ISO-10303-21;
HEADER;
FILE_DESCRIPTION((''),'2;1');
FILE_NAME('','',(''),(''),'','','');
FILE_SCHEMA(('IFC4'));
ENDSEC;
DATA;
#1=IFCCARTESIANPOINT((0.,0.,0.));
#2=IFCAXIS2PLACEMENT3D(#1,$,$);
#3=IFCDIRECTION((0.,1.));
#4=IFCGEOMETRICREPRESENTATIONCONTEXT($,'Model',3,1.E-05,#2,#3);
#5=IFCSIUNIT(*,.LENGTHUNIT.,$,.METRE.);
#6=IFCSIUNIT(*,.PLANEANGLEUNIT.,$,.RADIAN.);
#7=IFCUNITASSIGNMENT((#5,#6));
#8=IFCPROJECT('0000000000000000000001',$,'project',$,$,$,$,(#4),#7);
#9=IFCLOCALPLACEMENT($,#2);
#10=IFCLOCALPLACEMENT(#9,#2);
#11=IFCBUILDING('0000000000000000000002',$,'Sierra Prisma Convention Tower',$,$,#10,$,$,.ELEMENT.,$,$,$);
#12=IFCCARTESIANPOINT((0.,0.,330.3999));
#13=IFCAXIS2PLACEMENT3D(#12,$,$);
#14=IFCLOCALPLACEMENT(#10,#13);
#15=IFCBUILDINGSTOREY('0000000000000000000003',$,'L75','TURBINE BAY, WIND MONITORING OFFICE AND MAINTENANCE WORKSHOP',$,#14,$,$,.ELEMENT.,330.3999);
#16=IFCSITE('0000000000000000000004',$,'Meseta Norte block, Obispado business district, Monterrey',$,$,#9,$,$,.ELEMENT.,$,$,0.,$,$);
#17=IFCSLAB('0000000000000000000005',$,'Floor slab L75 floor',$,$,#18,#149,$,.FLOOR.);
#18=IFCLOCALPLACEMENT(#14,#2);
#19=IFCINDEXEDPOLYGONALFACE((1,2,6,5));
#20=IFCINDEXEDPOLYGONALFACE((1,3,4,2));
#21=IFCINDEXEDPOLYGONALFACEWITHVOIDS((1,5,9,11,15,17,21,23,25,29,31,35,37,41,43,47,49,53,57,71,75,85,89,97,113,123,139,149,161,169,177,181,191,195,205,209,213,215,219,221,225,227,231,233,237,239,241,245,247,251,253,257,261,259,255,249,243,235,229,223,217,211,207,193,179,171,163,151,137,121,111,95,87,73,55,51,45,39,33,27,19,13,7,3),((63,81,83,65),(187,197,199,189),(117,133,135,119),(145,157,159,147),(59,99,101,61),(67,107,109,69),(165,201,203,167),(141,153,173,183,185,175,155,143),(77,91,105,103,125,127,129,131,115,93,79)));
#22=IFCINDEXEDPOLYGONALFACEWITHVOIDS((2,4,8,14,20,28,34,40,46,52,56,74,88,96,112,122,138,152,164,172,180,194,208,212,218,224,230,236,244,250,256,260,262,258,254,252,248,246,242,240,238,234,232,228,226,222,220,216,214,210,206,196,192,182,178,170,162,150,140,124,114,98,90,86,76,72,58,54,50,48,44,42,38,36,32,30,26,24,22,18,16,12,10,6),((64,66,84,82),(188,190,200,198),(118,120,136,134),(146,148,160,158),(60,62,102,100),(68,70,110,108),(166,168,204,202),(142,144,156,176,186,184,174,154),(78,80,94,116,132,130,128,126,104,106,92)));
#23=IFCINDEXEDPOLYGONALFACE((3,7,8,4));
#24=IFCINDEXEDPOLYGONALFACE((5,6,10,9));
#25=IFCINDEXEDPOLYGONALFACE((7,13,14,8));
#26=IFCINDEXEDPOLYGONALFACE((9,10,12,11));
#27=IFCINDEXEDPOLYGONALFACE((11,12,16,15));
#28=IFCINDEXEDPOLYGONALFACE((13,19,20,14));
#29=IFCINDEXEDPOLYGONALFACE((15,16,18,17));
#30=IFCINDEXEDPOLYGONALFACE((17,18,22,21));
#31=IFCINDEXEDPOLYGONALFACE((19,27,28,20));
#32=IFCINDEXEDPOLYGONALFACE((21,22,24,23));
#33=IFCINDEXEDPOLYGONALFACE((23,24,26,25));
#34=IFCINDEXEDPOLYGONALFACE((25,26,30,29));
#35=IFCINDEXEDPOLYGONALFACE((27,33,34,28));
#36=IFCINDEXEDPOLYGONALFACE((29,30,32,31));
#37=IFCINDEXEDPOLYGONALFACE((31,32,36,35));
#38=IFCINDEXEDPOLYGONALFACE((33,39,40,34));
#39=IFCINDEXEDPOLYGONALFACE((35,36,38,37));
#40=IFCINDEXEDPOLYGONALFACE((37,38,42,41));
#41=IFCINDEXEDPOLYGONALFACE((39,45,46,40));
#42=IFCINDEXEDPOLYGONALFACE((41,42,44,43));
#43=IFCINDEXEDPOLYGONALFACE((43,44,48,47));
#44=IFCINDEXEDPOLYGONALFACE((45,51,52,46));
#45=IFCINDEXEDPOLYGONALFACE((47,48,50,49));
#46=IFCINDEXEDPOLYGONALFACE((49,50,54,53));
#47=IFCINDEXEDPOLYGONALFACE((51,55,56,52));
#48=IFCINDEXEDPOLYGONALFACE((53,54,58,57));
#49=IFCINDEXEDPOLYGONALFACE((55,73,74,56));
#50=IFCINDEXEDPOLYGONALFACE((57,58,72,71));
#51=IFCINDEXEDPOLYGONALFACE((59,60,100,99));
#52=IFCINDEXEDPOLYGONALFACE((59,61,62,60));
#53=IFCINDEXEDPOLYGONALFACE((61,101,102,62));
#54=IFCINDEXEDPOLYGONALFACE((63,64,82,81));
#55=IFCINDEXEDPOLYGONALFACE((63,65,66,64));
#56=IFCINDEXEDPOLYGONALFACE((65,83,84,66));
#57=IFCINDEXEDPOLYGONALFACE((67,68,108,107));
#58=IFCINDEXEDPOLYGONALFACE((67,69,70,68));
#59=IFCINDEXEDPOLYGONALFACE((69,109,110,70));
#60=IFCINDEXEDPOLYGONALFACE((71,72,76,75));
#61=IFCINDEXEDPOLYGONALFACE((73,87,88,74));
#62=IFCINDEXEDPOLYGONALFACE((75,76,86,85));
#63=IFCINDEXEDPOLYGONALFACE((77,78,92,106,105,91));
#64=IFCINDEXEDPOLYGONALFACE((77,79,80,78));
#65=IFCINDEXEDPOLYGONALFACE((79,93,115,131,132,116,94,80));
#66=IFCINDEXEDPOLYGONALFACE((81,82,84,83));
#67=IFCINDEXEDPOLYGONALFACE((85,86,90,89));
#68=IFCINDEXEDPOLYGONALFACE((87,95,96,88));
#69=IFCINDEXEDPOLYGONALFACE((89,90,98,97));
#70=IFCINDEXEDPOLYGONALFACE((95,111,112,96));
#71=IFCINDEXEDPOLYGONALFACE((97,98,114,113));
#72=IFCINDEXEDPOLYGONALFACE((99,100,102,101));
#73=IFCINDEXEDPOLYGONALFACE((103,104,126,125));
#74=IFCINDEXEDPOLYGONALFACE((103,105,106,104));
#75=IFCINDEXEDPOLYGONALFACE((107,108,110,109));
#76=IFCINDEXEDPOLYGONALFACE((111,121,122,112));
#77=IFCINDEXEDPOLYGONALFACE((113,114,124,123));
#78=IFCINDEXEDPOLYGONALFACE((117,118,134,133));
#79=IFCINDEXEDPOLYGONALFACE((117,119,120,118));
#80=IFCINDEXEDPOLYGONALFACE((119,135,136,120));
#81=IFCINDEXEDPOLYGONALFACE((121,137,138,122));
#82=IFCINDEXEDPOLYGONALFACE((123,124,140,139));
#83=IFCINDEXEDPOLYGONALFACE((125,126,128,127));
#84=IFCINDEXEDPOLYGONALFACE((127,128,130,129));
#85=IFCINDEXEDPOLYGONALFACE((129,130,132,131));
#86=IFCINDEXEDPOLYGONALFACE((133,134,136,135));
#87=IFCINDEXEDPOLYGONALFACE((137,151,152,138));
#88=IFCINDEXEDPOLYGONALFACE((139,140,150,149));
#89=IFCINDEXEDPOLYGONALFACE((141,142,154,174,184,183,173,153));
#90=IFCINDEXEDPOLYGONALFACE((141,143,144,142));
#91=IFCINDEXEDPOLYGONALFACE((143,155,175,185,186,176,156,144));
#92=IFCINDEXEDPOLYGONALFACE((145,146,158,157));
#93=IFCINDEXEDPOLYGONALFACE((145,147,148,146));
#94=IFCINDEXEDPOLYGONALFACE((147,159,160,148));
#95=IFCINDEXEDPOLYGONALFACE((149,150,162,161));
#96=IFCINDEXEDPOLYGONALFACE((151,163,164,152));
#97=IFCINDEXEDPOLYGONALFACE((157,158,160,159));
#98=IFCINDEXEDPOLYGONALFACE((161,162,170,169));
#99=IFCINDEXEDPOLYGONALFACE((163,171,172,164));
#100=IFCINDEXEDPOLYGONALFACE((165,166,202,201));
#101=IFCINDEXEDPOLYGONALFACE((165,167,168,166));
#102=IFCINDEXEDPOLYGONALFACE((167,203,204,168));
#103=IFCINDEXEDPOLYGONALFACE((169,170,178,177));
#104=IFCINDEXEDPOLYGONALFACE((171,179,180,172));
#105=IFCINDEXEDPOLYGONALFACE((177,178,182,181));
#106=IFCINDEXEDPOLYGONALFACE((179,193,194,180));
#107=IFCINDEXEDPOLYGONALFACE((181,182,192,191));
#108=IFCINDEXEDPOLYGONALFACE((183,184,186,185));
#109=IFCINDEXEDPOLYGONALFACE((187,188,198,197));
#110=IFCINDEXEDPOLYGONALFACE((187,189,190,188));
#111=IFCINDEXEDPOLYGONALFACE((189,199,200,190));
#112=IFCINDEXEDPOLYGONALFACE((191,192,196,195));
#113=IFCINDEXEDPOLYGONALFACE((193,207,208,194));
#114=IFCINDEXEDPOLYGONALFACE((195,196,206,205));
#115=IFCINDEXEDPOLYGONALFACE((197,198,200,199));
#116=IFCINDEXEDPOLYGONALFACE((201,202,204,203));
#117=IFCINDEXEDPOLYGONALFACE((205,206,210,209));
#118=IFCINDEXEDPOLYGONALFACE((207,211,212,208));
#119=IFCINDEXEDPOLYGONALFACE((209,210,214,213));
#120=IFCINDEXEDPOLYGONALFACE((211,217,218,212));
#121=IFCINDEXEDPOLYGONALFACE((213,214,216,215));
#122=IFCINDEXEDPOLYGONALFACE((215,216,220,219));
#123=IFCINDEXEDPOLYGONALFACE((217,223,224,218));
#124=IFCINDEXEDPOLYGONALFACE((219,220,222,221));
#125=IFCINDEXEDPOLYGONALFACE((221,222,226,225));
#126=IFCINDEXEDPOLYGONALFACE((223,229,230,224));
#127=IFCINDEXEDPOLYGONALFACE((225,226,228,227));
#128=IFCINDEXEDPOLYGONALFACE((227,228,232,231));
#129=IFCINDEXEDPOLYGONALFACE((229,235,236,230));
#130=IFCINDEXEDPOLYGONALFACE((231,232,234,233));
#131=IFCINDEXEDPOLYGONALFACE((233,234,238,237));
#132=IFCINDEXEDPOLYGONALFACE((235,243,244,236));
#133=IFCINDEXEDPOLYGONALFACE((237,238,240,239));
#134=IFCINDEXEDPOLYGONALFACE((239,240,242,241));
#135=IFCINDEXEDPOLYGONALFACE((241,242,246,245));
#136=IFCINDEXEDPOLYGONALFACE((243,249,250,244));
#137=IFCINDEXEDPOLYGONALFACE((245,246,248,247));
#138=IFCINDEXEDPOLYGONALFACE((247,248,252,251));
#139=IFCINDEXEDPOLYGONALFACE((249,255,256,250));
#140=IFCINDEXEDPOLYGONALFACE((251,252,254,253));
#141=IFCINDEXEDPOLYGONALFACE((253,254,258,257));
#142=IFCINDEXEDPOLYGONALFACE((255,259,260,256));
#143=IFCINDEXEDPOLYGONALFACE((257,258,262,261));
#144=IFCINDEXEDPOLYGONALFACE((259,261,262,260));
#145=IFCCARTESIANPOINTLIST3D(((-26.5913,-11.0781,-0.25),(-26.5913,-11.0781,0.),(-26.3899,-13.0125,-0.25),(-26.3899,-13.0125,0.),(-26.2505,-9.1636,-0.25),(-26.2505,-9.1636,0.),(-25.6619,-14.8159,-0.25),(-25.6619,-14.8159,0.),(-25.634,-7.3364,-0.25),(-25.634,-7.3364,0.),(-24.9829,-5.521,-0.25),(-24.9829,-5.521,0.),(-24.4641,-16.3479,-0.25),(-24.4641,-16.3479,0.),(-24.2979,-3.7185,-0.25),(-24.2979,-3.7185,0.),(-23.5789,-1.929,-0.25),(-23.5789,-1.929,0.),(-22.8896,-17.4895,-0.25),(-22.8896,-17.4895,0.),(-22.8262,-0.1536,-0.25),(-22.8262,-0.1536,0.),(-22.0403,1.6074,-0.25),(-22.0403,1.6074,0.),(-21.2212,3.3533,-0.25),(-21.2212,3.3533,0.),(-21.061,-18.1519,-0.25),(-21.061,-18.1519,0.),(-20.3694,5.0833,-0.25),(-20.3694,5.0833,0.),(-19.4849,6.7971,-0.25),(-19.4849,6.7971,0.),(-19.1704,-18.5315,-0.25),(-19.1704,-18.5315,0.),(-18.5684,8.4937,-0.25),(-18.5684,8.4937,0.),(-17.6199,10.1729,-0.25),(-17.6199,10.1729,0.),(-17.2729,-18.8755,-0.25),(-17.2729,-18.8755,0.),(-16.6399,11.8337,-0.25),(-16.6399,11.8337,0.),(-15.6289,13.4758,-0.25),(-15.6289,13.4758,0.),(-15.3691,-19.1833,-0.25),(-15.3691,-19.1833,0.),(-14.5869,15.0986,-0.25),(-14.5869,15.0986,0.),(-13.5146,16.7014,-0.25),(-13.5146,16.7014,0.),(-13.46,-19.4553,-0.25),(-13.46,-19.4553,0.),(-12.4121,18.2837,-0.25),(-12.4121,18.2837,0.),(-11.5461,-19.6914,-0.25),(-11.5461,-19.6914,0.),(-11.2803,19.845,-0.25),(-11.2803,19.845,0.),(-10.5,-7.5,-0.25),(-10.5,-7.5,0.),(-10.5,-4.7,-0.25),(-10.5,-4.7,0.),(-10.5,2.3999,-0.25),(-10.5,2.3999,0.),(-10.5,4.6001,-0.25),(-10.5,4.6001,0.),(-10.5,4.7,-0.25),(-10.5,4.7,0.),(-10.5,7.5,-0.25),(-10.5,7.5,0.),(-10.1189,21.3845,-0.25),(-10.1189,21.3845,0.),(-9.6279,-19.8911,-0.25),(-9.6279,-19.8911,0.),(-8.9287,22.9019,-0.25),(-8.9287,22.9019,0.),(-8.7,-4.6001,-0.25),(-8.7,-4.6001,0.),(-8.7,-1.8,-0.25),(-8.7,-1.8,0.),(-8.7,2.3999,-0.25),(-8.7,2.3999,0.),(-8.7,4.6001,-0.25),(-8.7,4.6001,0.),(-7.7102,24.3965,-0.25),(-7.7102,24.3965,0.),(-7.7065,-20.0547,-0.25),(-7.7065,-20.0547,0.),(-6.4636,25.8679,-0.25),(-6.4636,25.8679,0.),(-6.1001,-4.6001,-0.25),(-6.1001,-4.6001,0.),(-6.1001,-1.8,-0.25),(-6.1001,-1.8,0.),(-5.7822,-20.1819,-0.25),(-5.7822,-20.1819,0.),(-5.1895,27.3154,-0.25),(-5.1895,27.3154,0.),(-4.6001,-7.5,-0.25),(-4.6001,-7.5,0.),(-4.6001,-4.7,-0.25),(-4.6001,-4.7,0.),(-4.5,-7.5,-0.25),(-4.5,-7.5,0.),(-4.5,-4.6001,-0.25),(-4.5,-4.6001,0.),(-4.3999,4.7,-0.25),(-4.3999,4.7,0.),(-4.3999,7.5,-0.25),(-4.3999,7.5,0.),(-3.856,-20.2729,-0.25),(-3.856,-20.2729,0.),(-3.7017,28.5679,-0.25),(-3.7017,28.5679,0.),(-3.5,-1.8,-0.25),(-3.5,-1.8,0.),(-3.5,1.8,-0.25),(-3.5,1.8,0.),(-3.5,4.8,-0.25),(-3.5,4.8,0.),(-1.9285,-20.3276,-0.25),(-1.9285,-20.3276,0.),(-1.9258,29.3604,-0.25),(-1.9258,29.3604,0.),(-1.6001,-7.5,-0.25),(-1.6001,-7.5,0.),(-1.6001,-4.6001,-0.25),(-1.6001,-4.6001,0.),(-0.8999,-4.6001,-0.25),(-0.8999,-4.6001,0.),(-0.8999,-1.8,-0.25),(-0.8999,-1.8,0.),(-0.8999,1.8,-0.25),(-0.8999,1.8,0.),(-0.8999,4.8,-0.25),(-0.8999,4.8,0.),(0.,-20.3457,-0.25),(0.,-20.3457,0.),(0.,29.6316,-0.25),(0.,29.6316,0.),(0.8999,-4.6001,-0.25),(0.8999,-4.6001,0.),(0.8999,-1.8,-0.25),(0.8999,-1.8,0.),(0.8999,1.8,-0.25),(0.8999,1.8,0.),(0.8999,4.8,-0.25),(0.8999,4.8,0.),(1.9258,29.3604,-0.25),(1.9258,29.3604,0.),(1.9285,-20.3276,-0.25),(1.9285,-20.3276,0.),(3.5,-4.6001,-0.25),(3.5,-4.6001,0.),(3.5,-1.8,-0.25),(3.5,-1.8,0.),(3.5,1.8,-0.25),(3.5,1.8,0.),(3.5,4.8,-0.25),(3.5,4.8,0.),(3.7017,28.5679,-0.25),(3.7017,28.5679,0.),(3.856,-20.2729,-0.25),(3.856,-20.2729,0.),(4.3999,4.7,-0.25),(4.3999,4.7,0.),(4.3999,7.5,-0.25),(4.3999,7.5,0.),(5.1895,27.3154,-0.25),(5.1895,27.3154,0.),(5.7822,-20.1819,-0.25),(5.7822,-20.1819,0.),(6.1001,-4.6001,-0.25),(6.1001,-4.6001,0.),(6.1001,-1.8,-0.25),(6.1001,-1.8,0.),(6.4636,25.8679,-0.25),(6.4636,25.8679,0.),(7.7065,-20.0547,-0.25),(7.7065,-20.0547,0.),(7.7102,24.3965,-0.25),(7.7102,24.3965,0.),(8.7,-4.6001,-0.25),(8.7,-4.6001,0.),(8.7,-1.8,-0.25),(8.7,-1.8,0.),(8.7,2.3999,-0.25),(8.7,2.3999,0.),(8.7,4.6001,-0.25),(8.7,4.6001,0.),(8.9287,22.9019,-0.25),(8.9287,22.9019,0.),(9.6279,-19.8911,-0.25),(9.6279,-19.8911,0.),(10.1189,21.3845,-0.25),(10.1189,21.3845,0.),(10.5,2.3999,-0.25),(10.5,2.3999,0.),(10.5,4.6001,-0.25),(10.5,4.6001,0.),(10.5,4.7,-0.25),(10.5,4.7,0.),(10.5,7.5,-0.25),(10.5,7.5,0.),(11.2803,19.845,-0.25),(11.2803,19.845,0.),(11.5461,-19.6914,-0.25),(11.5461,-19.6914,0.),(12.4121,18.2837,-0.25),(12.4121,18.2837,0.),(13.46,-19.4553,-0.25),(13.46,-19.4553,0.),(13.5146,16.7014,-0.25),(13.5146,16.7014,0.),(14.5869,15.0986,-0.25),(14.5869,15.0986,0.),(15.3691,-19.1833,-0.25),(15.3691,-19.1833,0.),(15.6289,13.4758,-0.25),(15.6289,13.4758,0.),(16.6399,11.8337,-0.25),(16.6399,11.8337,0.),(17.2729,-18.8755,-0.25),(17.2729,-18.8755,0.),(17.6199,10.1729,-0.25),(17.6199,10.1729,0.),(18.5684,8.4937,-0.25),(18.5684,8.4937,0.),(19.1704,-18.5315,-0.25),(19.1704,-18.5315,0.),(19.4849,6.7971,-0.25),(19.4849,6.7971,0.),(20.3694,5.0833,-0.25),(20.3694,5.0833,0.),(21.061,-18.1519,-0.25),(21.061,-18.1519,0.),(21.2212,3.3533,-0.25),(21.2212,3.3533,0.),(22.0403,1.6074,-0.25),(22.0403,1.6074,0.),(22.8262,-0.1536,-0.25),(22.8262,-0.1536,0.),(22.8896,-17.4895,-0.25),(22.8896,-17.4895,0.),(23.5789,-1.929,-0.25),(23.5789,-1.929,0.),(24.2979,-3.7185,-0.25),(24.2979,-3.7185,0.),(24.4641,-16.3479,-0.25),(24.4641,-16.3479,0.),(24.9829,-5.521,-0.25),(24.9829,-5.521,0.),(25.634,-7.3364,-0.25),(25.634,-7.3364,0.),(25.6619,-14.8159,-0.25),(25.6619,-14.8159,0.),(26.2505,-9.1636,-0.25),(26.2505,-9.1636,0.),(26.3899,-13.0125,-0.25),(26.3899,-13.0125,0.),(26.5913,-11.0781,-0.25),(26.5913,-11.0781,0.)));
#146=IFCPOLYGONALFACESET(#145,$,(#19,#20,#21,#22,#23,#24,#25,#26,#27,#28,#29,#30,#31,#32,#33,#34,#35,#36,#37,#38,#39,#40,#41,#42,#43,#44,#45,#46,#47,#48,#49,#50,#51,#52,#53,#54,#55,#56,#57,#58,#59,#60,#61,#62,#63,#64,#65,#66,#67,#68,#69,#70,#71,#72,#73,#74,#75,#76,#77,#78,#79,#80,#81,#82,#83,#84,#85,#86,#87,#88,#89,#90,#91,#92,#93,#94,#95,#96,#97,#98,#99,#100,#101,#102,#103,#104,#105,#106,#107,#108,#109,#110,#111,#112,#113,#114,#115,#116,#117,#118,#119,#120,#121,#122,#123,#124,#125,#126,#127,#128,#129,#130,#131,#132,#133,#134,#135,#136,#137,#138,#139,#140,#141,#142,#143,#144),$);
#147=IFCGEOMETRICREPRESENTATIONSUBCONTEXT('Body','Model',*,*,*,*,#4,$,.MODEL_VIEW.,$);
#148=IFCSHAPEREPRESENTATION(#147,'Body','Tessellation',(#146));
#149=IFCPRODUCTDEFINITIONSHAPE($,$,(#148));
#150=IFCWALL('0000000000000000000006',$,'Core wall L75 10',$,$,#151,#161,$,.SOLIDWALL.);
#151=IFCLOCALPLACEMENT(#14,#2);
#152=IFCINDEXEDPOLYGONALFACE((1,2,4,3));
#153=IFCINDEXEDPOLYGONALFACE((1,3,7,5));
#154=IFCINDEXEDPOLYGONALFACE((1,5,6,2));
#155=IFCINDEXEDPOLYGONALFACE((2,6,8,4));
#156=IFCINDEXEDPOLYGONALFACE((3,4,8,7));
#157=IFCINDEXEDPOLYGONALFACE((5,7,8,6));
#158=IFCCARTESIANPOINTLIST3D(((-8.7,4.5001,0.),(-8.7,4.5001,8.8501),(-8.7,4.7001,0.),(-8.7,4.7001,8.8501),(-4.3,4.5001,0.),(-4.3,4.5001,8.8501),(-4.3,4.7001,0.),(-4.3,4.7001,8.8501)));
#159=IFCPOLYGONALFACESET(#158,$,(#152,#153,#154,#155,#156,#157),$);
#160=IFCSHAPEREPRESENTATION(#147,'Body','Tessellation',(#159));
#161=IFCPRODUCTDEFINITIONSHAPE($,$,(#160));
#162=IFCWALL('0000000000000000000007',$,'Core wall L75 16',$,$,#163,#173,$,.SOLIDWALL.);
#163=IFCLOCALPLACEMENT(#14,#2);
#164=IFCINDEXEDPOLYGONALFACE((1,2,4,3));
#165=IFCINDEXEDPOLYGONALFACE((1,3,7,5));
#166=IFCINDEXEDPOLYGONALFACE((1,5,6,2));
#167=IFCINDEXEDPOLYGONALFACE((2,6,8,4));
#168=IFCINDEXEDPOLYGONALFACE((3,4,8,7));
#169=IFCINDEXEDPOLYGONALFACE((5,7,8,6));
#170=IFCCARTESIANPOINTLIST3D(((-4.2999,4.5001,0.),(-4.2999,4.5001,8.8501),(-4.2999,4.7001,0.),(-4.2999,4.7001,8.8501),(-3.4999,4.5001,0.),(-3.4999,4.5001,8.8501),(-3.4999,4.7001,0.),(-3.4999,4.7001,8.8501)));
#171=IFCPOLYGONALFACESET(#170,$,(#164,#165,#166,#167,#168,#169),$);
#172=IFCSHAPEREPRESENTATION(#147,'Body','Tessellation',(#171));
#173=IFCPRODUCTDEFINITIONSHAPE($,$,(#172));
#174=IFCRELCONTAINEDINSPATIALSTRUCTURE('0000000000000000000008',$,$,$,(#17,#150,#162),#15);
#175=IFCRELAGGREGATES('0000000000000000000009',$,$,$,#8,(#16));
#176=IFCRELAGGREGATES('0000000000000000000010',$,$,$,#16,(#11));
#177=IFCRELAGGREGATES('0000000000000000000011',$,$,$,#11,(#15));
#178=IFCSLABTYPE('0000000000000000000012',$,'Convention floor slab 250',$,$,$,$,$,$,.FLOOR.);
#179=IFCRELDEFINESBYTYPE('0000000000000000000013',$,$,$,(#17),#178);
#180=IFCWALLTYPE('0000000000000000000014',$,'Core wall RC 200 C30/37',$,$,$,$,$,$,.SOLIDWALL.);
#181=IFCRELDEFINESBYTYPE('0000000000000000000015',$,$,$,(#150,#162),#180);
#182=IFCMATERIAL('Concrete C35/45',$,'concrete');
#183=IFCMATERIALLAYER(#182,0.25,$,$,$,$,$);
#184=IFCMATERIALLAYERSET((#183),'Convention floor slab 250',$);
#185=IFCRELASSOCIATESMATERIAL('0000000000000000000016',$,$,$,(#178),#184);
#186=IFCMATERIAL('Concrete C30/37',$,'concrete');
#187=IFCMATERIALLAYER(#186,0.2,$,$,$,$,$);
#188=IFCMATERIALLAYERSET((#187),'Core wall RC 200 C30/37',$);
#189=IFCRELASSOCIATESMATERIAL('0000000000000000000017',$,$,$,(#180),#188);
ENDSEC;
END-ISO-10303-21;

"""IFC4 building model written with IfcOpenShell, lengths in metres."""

from ifc_helpers import new_model, si_unit, direction, frame, frame_2d, origin, place, context, subcontext, project, spatial, polyline, rectangle, outline, extrude, material, layer, layer_set, type_object, element, save


model = new_model("IFC4")

# Units and contexts
model_context = context("Model", 3, precision=1e-05, world=origin(), true_north=direction((0.0, 1.0)))
body_context = subcontext(model_context, "Body", "Model", "MODEL_VIEW")
ifc_project = project(units=[si_unit("LENGTHUNIT", "METRE"), si_unit("PLANEANGLEUNIT", "RADIAN")], contexts=[model_context])

# Site, building, storey
site_placement = place(None, origin())
site = spatial("IfcSite", under=ifc_project, at=site_placement, Name="Meseta Norte block, Obispado business district, Monterrey", CompositionType="ELEMENT", RefElevation=0.0)
building_placement = place(site_placement, origin())
building = spatial("IfcBuilding", under=site, at=building_placement, Name="Sierra Prisma Convention Tower", CompositionType="ELEMENT")
storey_placement = place(building_placement, frame((0.0, 0.0, 330.3999)))
storey = spatial("IfcBuildingStorey", under=building, at=storey_placement, Name="L75", Description="TURBINE BAY, WIND MONITORING OFFICE AND MAINTENANCE WORKSHOP", CompositionType="ELEMENT", Elevation=330.3999)

# Slab
ifc_material_1 = material(Name="Concrete C35/45", Category="concrete")
ifc_layer_1 = layer(ifc_material_1, 0.25)
ifc_layer_set_1 = layer_set([ifc_layer_1], Name="Convention floor slab 250")
slab_type = type_object("IfcSlabType", Name="Convention floor slab 250", PredefinedType="FLOOR", material=ifc_layer_set_1)
slab_placement = place(storey_placement, frame((0.0, 0.0, -0.25)))
element("IfcSlab", 1, at=slab_placement, inside=storey, type_object=slab_type, Name="Floor slab L75 floor", PredefinedType="FLOOR", context=body_context, shape_type="SweptSolid", body=[
    extrude(outline(polyline([(-21.061, -18.1519), (-19.1704, -18.5315), (-17.2729, -18.8755), (-15.3691, -19.1833), (-13.46, -19.4553), (-11.5461, -19.6914), (-9.6279, -19.8911), (-7.7065, -20.0547), (-5.7822, -20.1819), (-3.856, -20.2729), (-1.9285, -20.3276), (0.0, -20.3457), (1.9285, -20.3276), (3.856, -20.2729), (5.7822, -20.1819), (7.7065, -20.0547), (9.6279, -19.8911), (11.5461, -19.6914), (13.46, -19.4553), (15.3691, -19.1833), (17.2729, -18.8755), (19.1704, -18.5315), (21.061, -18.1519), (22.8896, -17.4895), (24.4641, -16.3479), (25.6619, -14.8159), (26.3899, -13.0125), (26.5913, -11.0781), (26.2505, -9.1636), (25.634, -7.3364), (24.9829, -5.521), (24.2979, -3.7185), (23.5789, -1.929), (22.8262, -0.1536), (22.0403, 1.6074), (21.2212, 3.3533), (20.3694, 5.0833), (19.4849, 6.7971), (18.5684, 8.4937), (17.6199, 10.1729), (16.6399, 11.8337), (15.6289, 13.4758), (14.5869, 15.0986), (13.5146, 16.7014), (12.4121, 18.2837), (11.2803, 19.845), (10.1189, 21.3845), (8.9287, 22.9019), (7.7102, 24.3965), (6.4636, 25.8679), (5.1895, 27.3154), (3.7017, 28.5679), (1.9258, 29.3604), (0.0, 29.6316), (-1.9258, 29.3604), (-3.7017, 28.5679), (-5.1895, 27.3154), (-6.4636, 25.8679), (-7.7102, 24.3965), (-8.9287, 22.9019), (-10.1189, 21.3845), (-11.2803, 19.845), (-12.4121, 18.2837), (-13.5146, 16.7014), (-14.5869, 15.0986), (-15.6289, 13.4758), (-16.6399, 11.8337), (-17.6199, 10.1729), (-18.5684, 8.4937), (-19.4849, 6.7971), (-20.3694, 5.0833), (-21.2212, 3.3533), (-22.0403, 1.6074), (-22.8262, -0.1536), (-23.5789, -1.929), (-24.2979, -3.7185), (-24.9829, -5.521), (-25.634, -7.3364), (-26.2505, -9.1636), (-26.5913, -11.0781), (-26.3899, -13.0125), (-25.6619, -14.8159), (-24.4641, -16.3479), (-22.8896, -17.4895), (-21.061, -18.1519)]), holes=[polyline([(-4.6001, -4.7), (-4.6001, -7.5), (-10.5, -7.5), (-10.5, -4.7), (-4.6001, -4.7)]), polyline([(-4.5, -7.5), (-4.5, -4.6001), (-6.1001, -4.6001), (-8.7, -4.6001), (-8.7, -1.8), (-6.1001, -1.8), (-3.5, -1.8), (-0.8999, -1.8), (-0.8999, -4.6001), (-1.6001, -4.6001), (-1.6001, -7.5), (-4.5, -7.5)]), polyline([(-8.7, 2.3999), (-10.5, 2.3999), (-10.5, 4.6001), (-8.7, 4.6001), (-8.7, 2.3999)]), polyline([(-4.3999, 4.7), (-10.5, 4.7), (-10.5, 7.5), (-4.3999, 7.5), (-4.3999, 4.7)]), polyline([(3.5, -1.8), (6.1001, -1.8), (8.7, -1.8), (8.7, -4.6001), (6.1001, -4.6001), (3.5, -4.6001), (0.8999, -4.6001), (0.8999, -1.8), (3.5, -1.8)]), polyline([(-0.8999, 1.8), (-3.5, 1.8), (-3.5, 4.8), (-0.8999, 4.8), (-0.8999, 1.8)]), polyline([(3.5, 1.8), (0.8999, 1.8), (0.8999, 4.8), (3.5, 4.8), (3.5, 1.8)]), polyline([(10.5, 2.3999), (8.7, 2.3999), (8.7, 4.6001), (10.5, 4.6001), (10.5, 2.3999)]), polyline([(10.5, 4.7), (4.3999, 4.7), (4.3999, 7.5), (10.5, 7.5), (10.5, 4.7)])]), origin(), (0.0, 0.0, 1.0), 0.25),
])

# Walls
ifc_material_2 = material(Name="Concrete C30/37", Category="concrete")
ifc_layer_2 = layer(ifc_material_2, 0.2)
ifc_layer_set_2 = layer_set([ifc_layer_2], Name="Core wall RC 200 C30/37")
wall_type = type_object("IfcWallType", Name="Core wall RC 200 C30/37", PredefinedType="SOLIDWALL", material=ifc_layer_set_2)
wall_1_placement = place(storey_placement, frame((-4.3, 4.6001, 0.0), z_axis=(0.0, 0.0, 1.0), x_axis=(-1.0, 0.0, 0.0)))
element("IfcWall", 2, at=wall_1_placement, inside=storey, type_object=wall_type, Name="Core wall L75 10", PredefinedType="SOLIDWALL", context=body_context, shape_type="SweptSolid", body=[
    extrude(rectangle(XDim=4.3999, YDim=0.2, at=frame_2d((2.2, 0.0))), origin(), (0.0, 0.0, 1.0), 8.8501),
])
wall_2_placement = place(storey_placement, frame((-3.5, 4.6001, 0.0), z_axis=(0.0, 0.0, 1.0), x_axis=(-1.0, 0.0, 0.0)))
element("IfcWall", 3, at=wall_2_placement, inside=storey, type_object=wall_type, Name="Core wall L75 16", PredefinedType="SOLIDWALL", context=body_context, shape_type="SweptSolid", body=[
    extrude(rectangle(XDim=0.8, YDim=0.2, at=frame_2d((0.3999, 0.0))), origin(), (0.0, 0.0, 1.0), 8.8501),
])

save(model, "model.ifc")
